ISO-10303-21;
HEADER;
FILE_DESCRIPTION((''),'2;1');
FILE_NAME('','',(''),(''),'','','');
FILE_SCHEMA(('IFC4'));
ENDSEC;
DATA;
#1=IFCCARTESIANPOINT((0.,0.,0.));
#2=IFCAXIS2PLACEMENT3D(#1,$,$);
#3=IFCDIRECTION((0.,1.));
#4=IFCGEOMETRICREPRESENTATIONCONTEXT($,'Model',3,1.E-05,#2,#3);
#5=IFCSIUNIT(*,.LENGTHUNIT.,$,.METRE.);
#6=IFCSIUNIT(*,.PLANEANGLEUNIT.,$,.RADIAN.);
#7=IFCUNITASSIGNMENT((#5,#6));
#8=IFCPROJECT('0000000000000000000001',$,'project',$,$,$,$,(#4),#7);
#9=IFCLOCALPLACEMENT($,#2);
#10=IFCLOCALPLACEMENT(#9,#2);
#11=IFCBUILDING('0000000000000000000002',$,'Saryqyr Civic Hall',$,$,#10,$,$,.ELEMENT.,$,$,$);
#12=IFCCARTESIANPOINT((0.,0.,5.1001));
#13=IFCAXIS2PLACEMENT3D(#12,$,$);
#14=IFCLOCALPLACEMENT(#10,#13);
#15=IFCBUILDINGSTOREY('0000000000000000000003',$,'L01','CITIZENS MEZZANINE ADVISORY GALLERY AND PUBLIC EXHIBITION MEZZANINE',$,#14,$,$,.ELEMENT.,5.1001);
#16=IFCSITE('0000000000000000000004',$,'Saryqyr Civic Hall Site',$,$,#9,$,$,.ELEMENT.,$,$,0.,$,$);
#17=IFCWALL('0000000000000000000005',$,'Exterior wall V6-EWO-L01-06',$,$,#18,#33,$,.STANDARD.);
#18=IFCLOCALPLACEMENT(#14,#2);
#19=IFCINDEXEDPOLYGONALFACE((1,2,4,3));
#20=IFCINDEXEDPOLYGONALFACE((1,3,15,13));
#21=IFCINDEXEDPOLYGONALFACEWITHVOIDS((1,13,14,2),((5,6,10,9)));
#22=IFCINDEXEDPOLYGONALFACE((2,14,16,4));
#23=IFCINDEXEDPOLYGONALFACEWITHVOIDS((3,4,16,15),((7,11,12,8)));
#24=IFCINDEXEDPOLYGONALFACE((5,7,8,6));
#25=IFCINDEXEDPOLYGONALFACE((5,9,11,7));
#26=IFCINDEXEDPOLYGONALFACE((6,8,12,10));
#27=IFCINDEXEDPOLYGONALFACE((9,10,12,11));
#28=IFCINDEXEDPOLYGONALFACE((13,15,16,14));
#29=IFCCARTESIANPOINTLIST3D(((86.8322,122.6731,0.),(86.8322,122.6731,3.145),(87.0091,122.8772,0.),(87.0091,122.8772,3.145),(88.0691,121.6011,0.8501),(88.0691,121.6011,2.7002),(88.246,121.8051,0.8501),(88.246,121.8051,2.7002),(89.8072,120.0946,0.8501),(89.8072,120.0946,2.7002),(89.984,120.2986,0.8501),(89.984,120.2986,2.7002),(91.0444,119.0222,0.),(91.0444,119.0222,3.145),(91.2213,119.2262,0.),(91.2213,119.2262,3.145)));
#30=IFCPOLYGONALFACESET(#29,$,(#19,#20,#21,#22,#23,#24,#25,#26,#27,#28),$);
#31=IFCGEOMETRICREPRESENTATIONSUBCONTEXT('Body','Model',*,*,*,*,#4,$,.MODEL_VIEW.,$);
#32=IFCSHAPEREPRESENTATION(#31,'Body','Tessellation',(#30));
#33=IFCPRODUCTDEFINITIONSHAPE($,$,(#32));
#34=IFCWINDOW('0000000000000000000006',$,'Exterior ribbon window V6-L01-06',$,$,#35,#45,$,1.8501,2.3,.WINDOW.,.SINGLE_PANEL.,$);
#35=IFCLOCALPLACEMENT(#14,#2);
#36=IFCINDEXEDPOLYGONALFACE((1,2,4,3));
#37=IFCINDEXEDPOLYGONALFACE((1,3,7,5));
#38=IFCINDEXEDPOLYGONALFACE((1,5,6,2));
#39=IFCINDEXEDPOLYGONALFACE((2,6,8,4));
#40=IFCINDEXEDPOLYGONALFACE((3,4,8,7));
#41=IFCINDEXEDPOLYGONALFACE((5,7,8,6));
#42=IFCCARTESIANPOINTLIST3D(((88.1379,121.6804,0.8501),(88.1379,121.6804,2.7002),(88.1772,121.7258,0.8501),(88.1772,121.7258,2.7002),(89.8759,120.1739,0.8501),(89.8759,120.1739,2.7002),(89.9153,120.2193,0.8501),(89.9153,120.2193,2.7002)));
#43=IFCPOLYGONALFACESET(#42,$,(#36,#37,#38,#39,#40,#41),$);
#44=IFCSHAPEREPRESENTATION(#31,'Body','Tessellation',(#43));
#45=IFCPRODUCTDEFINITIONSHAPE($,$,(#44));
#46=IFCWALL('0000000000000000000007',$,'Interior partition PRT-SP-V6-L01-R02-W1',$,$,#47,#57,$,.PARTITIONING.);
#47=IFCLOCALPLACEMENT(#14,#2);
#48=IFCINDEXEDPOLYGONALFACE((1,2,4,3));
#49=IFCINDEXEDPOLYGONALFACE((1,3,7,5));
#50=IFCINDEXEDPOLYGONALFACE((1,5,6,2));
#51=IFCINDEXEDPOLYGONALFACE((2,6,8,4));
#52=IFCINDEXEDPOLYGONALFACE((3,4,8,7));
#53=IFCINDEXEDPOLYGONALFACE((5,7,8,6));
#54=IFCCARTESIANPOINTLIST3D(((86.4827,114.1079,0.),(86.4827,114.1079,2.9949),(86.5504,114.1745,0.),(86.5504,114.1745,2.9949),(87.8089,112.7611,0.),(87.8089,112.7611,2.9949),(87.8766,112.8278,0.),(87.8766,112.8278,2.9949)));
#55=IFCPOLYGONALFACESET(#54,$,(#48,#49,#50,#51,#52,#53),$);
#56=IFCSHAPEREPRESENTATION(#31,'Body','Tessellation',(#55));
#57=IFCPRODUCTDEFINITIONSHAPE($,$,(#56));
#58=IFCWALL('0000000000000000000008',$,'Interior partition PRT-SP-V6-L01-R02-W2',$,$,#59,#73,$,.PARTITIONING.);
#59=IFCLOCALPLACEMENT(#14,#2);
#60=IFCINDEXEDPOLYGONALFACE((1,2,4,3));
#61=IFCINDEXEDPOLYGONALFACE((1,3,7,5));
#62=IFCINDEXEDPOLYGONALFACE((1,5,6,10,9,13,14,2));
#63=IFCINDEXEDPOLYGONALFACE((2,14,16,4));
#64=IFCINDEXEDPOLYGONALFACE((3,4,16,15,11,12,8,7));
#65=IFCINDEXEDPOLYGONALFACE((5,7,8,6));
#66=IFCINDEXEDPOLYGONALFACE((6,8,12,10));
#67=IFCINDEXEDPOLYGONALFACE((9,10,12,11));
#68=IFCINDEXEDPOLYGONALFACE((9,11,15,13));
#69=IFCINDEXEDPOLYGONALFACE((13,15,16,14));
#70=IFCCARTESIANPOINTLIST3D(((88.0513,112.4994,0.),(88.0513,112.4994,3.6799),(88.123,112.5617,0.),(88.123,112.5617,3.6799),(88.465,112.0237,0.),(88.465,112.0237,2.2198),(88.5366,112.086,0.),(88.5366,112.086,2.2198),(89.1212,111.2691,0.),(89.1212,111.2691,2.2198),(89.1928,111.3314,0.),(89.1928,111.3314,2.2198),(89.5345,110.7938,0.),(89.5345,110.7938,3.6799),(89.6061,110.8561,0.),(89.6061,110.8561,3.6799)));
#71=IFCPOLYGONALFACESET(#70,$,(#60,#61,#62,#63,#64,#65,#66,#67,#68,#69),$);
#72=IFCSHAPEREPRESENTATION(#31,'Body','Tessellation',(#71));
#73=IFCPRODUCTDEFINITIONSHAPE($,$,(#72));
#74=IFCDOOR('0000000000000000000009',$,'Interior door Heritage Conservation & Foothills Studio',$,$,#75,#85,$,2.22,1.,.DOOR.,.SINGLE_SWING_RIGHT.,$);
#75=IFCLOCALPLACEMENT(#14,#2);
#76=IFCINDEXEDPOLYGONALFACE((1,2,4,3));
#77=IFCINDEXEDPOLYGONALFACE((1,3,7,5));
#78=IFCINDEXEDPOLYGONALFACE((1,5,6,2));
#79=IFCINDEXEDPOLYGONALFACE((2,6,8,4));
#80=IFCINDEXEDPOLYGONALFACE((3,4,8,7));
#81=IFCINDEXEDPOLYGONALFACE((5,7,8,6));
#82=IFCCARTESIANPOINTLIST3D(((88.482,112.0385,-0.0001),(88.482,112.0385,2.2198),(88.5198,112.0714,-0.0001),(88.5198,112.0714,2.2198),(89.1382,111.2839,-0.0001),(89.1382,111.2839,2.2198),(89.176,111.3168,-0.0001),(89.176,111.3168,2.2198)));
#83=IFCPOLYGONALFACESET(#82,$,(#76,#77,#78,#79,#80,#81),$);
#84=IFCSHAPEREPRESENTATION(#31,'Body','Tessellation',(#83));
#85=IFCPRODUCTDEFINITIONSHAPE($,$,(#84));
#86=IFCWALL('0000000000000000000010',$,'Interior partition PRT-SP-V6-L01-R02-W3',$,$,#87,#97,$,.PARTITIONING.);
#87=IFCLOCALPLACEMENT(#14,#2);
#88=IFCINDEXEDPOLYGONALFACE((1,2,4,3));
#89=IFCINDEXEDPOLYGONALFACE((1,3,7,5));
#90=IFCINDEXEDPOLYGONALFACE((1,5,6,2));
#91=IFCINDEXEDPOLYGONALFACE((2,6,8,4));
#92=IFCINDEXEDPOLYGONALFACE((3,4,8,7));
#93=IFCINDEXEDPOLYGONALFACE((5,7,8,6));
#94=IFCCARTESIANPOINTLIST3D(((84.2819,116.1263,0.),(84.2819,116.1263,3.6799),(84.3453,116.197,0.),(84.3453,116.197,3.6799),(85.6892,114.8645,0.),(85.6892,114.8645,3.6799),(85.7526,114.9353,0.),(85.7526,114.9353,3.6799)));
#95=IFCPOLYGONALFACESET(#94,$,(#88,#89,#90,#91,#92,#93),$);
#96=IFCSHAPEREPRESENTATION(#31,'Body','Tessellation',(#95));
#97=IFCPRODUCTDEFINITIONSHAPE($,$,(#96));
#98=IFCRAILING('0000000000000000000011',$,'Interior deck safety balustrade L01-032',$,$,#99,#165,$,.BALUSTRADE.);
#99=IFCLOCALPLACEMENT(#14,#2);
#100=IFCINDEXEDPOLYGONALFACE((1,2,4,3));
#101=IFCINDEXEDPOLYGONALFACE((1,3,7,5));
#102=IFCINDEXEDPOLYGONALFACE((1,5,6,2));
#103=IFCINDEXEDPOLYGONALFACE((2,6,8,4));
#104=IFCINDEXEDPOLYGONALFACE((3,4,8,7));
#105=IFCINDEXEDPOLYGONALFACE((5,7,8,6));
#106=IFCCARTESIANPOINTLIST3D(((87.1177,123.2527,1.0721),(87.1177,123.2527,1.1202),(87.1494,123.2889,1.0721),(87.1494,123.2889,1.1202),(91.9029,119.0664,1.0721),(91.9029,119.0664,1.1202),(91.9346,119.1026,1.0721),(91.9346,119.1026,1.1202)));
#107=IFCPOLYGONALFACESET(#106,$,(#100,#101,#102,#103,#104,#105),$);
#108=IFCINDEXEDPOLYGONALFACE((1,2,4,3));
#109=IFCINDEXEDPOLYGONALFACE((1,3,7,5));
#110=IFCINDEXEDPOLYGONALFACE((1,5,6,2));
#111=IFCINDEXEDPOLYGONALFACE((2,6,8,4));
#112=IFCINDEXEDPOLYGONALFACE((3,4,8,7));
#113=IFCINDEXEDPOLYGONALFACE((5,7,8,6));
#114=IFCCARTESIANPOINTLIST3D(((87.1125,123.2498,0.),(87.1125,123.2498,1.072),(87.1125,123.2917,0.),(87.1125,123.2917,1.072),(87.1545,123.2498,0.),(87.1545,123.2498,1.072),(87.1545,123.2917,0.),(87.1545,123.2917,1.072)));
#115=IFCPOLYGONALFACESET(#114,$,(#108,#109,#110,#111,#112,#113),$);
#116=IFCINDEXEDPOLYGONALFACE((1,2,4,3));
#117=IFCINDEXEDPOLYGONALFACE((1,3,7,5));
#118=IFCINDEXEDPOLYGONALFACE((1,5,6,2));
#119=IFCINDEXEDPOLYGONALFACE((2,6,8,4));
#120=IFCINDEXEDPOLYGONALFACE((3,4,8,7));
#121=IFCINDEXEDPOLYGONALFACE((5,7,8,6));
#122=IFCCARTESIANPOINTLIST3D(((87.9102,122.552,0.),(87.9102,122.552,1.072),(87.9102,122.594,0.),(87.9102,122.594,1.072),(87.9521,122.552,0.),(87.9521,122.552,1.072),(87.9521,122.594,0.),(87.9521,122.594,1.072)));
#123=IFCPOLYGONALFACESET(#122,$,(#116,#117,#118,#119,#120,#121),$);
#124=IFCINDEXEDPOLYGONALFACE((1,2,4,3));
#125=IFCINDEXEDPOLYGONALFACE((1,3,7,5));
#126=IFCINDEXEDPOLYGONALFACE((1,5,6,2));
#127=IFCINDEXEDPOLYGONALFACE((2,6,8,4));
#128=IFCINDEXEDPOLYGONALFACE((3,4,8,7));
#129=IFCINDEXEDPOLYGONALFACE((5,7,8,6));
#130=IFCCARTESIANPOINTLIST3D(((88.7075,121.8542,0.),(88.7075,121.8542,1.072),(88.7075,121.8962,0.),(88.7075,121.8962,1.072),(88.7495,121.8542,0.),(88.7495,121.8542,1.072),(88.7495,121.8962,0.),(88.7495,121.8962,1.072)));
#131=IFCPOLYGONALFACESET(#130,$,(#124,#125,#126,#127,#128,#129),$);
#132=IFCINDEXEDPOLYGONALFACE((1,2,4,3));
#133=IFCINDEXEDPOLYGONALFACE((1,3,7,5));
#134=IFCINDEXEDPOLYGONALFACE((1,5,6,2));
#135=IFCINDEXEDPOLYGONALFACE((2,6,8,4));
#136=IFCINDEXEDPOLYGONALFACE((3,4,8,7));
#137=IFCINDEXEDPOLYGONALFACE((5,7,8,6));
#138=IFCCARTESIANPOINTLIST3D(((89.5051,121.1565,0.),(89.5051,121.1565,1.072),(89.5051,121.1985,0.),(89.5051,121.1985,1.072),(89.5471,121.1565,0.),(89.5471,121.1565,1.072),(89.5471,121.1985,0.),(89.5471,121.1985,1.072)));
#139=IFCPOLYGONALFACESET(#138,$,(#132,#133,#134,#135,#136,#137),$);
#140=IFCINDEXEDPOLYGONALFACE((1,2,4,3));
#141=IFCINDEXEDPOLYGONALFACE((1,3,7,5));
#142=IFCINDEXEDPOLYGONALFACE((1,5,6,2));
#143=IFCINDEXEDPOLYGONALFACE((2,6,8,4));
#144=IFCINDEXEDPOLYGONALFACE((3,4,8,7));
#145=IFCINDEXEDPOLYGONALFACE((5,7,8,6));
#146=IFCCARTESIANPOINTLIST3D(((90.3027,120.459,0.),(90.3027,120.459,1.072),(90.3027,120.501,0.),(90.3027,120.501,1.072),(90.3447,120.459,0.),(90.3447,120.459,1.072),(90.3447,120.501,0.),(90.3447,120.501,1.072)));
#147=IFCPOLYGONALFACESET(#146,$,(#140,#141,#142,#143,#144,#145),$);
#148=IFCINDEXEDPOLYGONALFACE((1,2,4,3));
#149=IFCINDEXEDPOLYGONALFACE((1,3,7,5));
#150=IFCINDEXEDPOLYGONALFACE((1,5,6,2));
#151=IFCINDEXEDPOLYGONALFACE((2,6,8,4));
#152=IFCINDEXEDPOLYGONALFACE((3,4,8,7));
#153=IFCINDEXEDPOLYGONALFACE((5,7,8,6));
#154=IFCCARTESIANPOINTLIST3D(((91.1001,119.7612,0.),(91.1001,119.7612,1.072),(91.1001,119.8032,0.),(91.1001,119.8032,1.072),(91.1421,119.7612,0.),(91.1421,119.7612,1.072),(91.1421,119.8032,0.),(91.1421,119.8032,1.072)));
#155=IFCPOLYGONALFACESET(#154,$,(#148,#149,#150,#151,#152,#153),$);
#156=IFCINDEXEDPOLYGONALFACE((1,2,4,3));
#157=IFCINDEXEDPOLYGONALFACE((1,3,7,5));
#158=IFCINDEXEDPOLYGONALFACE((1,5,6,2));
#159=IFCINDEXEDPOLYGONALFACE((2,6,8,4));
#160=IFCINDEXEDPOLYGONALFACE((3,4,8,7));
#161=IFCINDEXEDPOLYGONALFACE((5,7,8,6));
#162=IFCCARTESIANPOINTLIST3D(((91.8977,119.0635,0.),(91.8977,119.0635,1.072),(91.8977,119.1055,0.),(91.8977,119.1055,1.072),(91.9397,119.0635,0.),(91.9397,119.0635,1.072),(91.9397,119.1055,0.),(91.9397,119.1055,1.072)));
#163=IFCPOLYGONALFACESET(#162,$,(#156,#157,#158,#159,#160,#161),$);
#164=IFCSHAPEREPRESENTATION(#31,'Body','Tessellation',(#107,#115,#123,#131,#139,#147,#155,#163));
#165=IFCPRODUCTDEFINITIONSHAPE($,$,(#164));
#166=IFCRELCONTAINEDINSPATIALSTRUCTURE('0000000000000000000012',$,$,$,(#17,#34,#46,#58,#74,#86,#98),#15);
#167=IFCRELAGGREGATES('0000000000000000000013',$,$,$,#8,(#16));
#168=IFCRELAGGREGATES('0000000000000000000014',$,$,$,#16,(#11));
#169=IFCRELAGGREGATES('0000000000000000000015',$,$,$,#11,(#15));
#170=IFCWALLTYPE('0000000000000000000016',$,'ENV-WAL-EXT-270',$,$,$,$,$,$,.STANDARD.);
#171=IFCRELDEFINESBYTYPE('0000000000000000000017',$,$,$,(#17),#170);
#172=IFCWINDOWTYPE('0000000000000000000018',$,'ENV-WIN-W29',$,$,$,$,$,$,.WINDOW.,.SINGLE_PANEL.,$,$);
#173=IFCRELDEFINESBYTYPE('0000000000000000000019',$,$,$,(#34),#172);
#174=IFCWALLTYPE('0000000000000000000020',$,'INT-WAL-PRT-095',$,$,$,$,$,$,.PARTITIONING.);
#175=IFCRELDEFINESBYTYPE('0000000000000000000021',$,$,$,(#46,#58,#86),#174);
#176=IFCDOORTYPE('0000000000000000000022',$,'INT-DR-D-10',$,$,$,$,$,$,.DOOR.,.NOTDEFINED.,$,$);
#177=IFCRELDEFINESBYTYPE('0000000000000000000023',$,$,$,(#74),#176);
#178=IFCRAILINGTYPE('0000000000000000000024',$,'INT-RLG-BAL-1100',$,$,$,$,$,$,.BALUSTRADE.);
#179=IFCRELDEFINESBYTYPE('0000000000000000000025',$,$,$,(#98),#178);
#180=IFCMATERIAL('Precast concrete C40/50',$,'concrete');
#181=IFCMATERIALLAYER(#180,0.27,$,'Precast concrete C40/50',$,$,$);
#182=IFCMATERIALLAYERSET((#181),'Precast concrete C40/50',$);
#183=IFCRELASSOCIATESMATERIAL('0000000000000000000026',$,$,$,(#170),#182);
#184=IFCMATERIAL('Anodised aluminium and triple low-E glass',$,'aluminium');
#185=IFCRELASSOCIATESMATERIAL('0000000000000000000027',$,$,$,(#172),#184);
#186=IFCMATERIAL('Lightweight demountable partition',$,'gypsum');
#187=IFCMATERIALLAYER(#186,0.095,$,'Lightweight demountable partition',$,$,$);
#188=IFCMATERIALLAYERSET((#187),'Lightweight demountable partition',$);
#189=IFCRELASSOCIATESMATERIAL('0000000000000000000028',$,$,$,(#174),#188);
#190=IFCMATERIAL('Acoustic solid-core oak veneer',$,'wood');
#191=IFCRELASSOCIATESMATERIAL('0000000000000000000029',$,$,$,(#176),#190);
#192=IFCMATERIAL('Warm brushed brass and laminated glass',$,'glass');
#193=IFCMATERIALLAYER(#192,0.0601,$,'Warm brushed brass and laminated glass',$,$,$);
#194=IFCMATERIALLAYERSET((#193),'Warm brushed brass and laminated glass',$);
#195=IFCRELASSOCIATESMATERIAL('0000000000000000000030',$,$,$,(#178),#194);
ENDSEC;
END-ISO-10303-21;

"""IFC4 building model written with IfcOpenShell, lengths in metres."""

from ifc_helpers import new_model, si_unit, direction, frame, frame_2d, origin, origin_2d, place, context, subcontext, project, spatial, rectangle, extrude, material, layer, layer_set, type_object, element, fill, save


model = new_model("IFC4")

# Units and contexts
model_context = context("Model", 3, precision=1e-05, world=origin(), true_north=direction((0.0, 1.0)))
body_context = subcontext(model_context, "Body", "Model", "MODEL_VIEW")
ifc_project = project(units=[si_unit("LENGTHUNIT", "METRE"), si_unit("PLANEANGLEUNIT", "RADIAN")], contexts=[model_context])

# Site, building, storey
site_placement = place(None, origin())
site = spatial("IfcSite", under=ifc_project, at=site_placement, Name="Saryqyr Civic Hall Site", CompositionType="ELEMENT", RefElevation=0.0)
building_placement = place(site_placement, origin())
building = spatial("IfcBuilding", under=site, at=building_placement, Name="Saryqyr Civic Hall", CompositionType="ELEMENT")
storey_placement = place(building_placement, frame((0.0, 0.0, 5.1001)))
storey = spatial("IfcBuildingStorey", under=building, at=storey_placement, Name="L01", Description="CITIZENS MEZZANINE ADVISORY GALLERY AND PUBLIC EXHIBITION MEZZANINE", CompositionType="ELEMENT", Elevation=5.1001)

# Shared definitions
ifc_material_1 = material(Name="Anodised aluminium and triple low-E glass", Category="aluminium")

# Wall, opening, window
ifc_material_2 = material(Name="Precast concrete C40/50", Category="concrete")
ifc_layer_1 = layer(ifc_material_2, 0.27, Name="Precast concrete C40/50")
ifc_layer_set_1 = layer_set([ifc_layer_1], Name="Precast concrete C40/50")
wall_type_1 = type_object("IfcWallType", Name="ENV-WAL-EXT-270", PredefinedType="STANDARD", material=ifc_layer_set_1)
wall_1_placement = place(storey_placement, frame((86.9207, 122.7751, 0.0), z_axis=(0.0, 0.0, 1.0), x_axis=(0.755659, -0.654966, 0.0)))
wall_1 = element("IfcWall", 1, at=wall_1_placement, inside=storey, type_object=wall_type_1, Name="Exterior wall V6-EWO-L01-06", PredefinedType="STANDARD", context=body_context, shape_type="SweptSolid", body=[
    extrude(rectangle(XDim=5.5742, YDim=0.27, at=frame_2d((2.7871, 0.0))), origin(), (0.0, 0.0, 1.0), 3.145),
])
opening_1_placement = place(wall_1_placement, frame((1.637, 0.0, 0.8501)))
opening_1 = element("IfcOpeningElement", 2, at=opening_1_placement, cuts=wall_1, PredefinedType="OPENING", context=body_context, shape_type="SweptSolid", body=[
    extrude(rectangle(XDim=2.3, YDim=1.8501, at=frame_2d((1.1499, 0.925))), frame((0.0, 0.145, 0.0), z_axis=(0.0, -1.0, 0.0), x_axis=(1.0, 0.0, 0.0)), (0.0, 0.0, 1.0), 0.29),
])
window_type_1 = type_object("IfcWindowType", Name="ENV-WIN-W29", PartitioningType="SINGLE_PANEL", PredefinedType="WINDOW", material=ifc_material_1)
window_1_placement = place(opening_1_placement, origin())
window_1 = element("IfcWindow", 3, at=window_1_placement, inside=storey, type_object=window_type_1, Name="Exterior ribbon window V6-L01-06", OverallHeight=1.8501, OverallWidth=2.3, PartitioningType="SINGLE_PANEL", PredefinedType="WINDOW", context=body_context, shape_type="SweptSolid", body=[
    extrude(rectangle(XDim=2.3, YDim=1.8501, at=frame_2d((1.1499, 0.925))), frame((0.0, 0.03, 0.0), z_axis=(0.0, -1.0, 0.0), x_axis=(1.0, 0.0, 0.0)), (0.0, 0.0, 1.0), 0.0601),
])
fill(opening_1, window_1)

# Wall
ifc_material_3 = material(Name="Lightweight demountable partition", Category="gypsum")
ifc_layer_2 = layer(ifc_material_3, 0.095, Name="Lightweight demountable partition")
ifc_layer_set_2 = layer_set([ifc_layer_2], Name="Lightweight demountable partition")
wall_type_2 = type_object("IfcWallType", Name="INT-WAL-PRT-095", PredefinedType="PARTITIONING", material=ifc_layer_set_2)
wall_2_placement = place(storey_placement, frame((87.8428, 112.7944, 0.0), z_axis=(0.0, 0.0, 1.0), x_axis=(-0.701661, 0.712511, 0.0)))
element("IfcWall", 4, at=wall_2_placement, inside=storey, type_object=wall_type_2, Name="Interior partition PRT-SP-V6-L01-R02-W1", PredefinedType="PARTITIONING", context=body_context, shape_type="SweptSolid", body=[
    extrude(rectangle(XDim=1.8901, YDim=0.095, at=frame_2d((0.9451, 0.0))), origin(), (0.0, 0.0, 1.0), 2.9949),
])

# Wall, opening, door
wall_3_placement = place(storey_placement, frame((89.5703, 110.825, 0.0), z_axis=(0.0, 0.0, 1.0), x_axis=(-0.656192, 0.754594, 0.0)))
wall_3 = element("IfcWall", 5, at=wall_3_placement, inside=storey, type_object=wall_type_2, Name="Interior partition PRT-SP-V6-L01-R02-W2", PredefinedType="PARTITIONING", context=body_context, shape_type="SweptSolid", body=[
    extrude(rectangle(XDim=2.2603, YDim=0.095, at=frame_2d((1.1301, 0.0))), origin(), (0.0, 0.0, 1.0), 3.6799),
])
opening_2_placement = place(wall_3_placement, frame((0.6299, 0.0, 0.0)))
opening_2 = element("IfcOpeningElement", 6, at=opening_2_placement, cuts=wall_3, PredefinedType="OPENING", context=body_context, shape_type="SweptSolid", body=[
    extrude(rectangle(XDim=1.0, YDim=2.22, at=frame_2d((0.5, 1.1099))), frame((0.0, 0.0574, 0.0), z_axis=(0.0, -1.0, 0.0), x_axis=(1.0, 0.0, 0.0)), (0.0, 0.0, 1.0), 0.115),
])
ifc_material_4 = material(Name="Acoustic solid-core oak veneer", Category="wood")
door_type = type_object("IfcDoorType", Name="INT-DR-D-10", OperationType="NOTDEFINED", PredefinedType="DOOR", material=ifc_material_4)
door_placement = place(opening_2_placement, origin())
door = element("IfcDoor", 7, at=door_placement, inside=storey, type_object=door_type, Name="Interior door Heritage Conservation & Foothills Studio", OperationType="SINGLE_SWING_RIGHT", OverallHeight=2.22, OverallWidth=1.0, PredefinedType="DOOR", context=body_context, shape_type="SweptSolid", body=[
    extrude(rectangle(XDim=1.0, YDim=2.22, at=frame_2d((0.5, 1.1099))), frame((0.0, 0.0249, 0.0), z_axis=(0.0, -1.0, 0.0), x_axis=(1.0, 0.0, 0.0)), (0.0, 0.0, 1.0), 0.05),
])
fill(opening_2, door)

# Wall
wall_4_placement = place(storey_placement, frame((85.7209, 114.8999, 0.0), z_axis=(0.0, 0.0, 1.0), x_axis=(-0.744552, 0.667565, 0.0)))
element("IfcWall", 8, at=wall_4_placement, inside=storey, type_object=wall_type_2, Name="Interior partition PRT-SP-V6-L01-R02-W3", PredefinedType="PARTITIONING", context=body_context, shape_type="SweptSolid", body=[
    extrude(rectangle(XDim=1.8901, YDim=0.095, at=frame_2d((0.9451, 0.0))), origin(), (0.0, 0.0, 1.0), 3.6799),
])

# Railing
ifc_material_5 = material(Name="Warm brushed brass and laminated glass", Category="glass")
ifc_layer_3 = layer(ifc_material_5, 0.0601, Name="Warm brushed brass and laminated glass")
ifc_layer_set_3 = layer_set([ifc_layer_3], Name="Warm brushed brass and laminated glass")
railing_type = type_object("IfcRailingType", Name="INT-RLG-BAL-1100", PredefinedType="BALUSTRADE", material=ifc_layer_set_3)
railing_1_placement = place(storey_placement, frame((87.1335, 123.2708, 0.0)))
element("IfcRailing", 9, at=railing_1_placement, inside=storey, type_object=railing_type, Name="Interior deck safety balustrade L01-032", PredefinedType="BALUSTRADE", context=body_context, shape_type="SweptSolid", body=[
    extrude(rectangle(XDim=0.0481, YDim=0.0481, at=origin_2d()), frame((0.0, 0.0, 1.0962), z_axis=(0.752634, -0.658439, 0.0), x_axis=(0.658439, 0.752634, 0.0)), (0.0, 0.0, 1.0), 6.3579),
    extrude(rectangle(XDim=0.042, YDim=0.042, at=origin_2d()), origin(), (0.0, 0.0, 1.0), 1.072),
    extrude(rectangle(XDim=0.042, YDim=0.042, at=origin_2d()), frame((0.7976, -0.6978, 0.0)), (0.0, 0.0, 1.0), 1.072),
    extrude(rectangle(XDim=0.042, YDim=0.042, at=origin_2d()), frame((1.595, -1.3955, 0.0)), (0.0, 0.0, 1.0), 1.072),
    extrude(rectangle(XDim=0.042, YDim=0.042, at=origin_2d()), frame((2.3926, -2.0933, 0.0)), (0.0, 0.0, 1.0), 1.072),
    extrude(rectangle(XDim=0.042, YDim=0.042, at=origin_2d()), frame((3.1902, -2.7908, 0.0)), (0.0, 0.0, 1.0), 1.072),
    extrude(rectangle(XDim=0.042, YDim=0.042, at=origin_2d()), frame((3.9875, -3.4885, 0.0)), (0.0, 0.0, 1.0), 1.072),
    extrude(rectangle(XDim=0.042, YDim=0.042, at=origin_2d()), frame((4.7852, -4.1863, 0.0)), (0.0, 0.0, 1.0), 1.072),
])

save(model, "model.ifc")
